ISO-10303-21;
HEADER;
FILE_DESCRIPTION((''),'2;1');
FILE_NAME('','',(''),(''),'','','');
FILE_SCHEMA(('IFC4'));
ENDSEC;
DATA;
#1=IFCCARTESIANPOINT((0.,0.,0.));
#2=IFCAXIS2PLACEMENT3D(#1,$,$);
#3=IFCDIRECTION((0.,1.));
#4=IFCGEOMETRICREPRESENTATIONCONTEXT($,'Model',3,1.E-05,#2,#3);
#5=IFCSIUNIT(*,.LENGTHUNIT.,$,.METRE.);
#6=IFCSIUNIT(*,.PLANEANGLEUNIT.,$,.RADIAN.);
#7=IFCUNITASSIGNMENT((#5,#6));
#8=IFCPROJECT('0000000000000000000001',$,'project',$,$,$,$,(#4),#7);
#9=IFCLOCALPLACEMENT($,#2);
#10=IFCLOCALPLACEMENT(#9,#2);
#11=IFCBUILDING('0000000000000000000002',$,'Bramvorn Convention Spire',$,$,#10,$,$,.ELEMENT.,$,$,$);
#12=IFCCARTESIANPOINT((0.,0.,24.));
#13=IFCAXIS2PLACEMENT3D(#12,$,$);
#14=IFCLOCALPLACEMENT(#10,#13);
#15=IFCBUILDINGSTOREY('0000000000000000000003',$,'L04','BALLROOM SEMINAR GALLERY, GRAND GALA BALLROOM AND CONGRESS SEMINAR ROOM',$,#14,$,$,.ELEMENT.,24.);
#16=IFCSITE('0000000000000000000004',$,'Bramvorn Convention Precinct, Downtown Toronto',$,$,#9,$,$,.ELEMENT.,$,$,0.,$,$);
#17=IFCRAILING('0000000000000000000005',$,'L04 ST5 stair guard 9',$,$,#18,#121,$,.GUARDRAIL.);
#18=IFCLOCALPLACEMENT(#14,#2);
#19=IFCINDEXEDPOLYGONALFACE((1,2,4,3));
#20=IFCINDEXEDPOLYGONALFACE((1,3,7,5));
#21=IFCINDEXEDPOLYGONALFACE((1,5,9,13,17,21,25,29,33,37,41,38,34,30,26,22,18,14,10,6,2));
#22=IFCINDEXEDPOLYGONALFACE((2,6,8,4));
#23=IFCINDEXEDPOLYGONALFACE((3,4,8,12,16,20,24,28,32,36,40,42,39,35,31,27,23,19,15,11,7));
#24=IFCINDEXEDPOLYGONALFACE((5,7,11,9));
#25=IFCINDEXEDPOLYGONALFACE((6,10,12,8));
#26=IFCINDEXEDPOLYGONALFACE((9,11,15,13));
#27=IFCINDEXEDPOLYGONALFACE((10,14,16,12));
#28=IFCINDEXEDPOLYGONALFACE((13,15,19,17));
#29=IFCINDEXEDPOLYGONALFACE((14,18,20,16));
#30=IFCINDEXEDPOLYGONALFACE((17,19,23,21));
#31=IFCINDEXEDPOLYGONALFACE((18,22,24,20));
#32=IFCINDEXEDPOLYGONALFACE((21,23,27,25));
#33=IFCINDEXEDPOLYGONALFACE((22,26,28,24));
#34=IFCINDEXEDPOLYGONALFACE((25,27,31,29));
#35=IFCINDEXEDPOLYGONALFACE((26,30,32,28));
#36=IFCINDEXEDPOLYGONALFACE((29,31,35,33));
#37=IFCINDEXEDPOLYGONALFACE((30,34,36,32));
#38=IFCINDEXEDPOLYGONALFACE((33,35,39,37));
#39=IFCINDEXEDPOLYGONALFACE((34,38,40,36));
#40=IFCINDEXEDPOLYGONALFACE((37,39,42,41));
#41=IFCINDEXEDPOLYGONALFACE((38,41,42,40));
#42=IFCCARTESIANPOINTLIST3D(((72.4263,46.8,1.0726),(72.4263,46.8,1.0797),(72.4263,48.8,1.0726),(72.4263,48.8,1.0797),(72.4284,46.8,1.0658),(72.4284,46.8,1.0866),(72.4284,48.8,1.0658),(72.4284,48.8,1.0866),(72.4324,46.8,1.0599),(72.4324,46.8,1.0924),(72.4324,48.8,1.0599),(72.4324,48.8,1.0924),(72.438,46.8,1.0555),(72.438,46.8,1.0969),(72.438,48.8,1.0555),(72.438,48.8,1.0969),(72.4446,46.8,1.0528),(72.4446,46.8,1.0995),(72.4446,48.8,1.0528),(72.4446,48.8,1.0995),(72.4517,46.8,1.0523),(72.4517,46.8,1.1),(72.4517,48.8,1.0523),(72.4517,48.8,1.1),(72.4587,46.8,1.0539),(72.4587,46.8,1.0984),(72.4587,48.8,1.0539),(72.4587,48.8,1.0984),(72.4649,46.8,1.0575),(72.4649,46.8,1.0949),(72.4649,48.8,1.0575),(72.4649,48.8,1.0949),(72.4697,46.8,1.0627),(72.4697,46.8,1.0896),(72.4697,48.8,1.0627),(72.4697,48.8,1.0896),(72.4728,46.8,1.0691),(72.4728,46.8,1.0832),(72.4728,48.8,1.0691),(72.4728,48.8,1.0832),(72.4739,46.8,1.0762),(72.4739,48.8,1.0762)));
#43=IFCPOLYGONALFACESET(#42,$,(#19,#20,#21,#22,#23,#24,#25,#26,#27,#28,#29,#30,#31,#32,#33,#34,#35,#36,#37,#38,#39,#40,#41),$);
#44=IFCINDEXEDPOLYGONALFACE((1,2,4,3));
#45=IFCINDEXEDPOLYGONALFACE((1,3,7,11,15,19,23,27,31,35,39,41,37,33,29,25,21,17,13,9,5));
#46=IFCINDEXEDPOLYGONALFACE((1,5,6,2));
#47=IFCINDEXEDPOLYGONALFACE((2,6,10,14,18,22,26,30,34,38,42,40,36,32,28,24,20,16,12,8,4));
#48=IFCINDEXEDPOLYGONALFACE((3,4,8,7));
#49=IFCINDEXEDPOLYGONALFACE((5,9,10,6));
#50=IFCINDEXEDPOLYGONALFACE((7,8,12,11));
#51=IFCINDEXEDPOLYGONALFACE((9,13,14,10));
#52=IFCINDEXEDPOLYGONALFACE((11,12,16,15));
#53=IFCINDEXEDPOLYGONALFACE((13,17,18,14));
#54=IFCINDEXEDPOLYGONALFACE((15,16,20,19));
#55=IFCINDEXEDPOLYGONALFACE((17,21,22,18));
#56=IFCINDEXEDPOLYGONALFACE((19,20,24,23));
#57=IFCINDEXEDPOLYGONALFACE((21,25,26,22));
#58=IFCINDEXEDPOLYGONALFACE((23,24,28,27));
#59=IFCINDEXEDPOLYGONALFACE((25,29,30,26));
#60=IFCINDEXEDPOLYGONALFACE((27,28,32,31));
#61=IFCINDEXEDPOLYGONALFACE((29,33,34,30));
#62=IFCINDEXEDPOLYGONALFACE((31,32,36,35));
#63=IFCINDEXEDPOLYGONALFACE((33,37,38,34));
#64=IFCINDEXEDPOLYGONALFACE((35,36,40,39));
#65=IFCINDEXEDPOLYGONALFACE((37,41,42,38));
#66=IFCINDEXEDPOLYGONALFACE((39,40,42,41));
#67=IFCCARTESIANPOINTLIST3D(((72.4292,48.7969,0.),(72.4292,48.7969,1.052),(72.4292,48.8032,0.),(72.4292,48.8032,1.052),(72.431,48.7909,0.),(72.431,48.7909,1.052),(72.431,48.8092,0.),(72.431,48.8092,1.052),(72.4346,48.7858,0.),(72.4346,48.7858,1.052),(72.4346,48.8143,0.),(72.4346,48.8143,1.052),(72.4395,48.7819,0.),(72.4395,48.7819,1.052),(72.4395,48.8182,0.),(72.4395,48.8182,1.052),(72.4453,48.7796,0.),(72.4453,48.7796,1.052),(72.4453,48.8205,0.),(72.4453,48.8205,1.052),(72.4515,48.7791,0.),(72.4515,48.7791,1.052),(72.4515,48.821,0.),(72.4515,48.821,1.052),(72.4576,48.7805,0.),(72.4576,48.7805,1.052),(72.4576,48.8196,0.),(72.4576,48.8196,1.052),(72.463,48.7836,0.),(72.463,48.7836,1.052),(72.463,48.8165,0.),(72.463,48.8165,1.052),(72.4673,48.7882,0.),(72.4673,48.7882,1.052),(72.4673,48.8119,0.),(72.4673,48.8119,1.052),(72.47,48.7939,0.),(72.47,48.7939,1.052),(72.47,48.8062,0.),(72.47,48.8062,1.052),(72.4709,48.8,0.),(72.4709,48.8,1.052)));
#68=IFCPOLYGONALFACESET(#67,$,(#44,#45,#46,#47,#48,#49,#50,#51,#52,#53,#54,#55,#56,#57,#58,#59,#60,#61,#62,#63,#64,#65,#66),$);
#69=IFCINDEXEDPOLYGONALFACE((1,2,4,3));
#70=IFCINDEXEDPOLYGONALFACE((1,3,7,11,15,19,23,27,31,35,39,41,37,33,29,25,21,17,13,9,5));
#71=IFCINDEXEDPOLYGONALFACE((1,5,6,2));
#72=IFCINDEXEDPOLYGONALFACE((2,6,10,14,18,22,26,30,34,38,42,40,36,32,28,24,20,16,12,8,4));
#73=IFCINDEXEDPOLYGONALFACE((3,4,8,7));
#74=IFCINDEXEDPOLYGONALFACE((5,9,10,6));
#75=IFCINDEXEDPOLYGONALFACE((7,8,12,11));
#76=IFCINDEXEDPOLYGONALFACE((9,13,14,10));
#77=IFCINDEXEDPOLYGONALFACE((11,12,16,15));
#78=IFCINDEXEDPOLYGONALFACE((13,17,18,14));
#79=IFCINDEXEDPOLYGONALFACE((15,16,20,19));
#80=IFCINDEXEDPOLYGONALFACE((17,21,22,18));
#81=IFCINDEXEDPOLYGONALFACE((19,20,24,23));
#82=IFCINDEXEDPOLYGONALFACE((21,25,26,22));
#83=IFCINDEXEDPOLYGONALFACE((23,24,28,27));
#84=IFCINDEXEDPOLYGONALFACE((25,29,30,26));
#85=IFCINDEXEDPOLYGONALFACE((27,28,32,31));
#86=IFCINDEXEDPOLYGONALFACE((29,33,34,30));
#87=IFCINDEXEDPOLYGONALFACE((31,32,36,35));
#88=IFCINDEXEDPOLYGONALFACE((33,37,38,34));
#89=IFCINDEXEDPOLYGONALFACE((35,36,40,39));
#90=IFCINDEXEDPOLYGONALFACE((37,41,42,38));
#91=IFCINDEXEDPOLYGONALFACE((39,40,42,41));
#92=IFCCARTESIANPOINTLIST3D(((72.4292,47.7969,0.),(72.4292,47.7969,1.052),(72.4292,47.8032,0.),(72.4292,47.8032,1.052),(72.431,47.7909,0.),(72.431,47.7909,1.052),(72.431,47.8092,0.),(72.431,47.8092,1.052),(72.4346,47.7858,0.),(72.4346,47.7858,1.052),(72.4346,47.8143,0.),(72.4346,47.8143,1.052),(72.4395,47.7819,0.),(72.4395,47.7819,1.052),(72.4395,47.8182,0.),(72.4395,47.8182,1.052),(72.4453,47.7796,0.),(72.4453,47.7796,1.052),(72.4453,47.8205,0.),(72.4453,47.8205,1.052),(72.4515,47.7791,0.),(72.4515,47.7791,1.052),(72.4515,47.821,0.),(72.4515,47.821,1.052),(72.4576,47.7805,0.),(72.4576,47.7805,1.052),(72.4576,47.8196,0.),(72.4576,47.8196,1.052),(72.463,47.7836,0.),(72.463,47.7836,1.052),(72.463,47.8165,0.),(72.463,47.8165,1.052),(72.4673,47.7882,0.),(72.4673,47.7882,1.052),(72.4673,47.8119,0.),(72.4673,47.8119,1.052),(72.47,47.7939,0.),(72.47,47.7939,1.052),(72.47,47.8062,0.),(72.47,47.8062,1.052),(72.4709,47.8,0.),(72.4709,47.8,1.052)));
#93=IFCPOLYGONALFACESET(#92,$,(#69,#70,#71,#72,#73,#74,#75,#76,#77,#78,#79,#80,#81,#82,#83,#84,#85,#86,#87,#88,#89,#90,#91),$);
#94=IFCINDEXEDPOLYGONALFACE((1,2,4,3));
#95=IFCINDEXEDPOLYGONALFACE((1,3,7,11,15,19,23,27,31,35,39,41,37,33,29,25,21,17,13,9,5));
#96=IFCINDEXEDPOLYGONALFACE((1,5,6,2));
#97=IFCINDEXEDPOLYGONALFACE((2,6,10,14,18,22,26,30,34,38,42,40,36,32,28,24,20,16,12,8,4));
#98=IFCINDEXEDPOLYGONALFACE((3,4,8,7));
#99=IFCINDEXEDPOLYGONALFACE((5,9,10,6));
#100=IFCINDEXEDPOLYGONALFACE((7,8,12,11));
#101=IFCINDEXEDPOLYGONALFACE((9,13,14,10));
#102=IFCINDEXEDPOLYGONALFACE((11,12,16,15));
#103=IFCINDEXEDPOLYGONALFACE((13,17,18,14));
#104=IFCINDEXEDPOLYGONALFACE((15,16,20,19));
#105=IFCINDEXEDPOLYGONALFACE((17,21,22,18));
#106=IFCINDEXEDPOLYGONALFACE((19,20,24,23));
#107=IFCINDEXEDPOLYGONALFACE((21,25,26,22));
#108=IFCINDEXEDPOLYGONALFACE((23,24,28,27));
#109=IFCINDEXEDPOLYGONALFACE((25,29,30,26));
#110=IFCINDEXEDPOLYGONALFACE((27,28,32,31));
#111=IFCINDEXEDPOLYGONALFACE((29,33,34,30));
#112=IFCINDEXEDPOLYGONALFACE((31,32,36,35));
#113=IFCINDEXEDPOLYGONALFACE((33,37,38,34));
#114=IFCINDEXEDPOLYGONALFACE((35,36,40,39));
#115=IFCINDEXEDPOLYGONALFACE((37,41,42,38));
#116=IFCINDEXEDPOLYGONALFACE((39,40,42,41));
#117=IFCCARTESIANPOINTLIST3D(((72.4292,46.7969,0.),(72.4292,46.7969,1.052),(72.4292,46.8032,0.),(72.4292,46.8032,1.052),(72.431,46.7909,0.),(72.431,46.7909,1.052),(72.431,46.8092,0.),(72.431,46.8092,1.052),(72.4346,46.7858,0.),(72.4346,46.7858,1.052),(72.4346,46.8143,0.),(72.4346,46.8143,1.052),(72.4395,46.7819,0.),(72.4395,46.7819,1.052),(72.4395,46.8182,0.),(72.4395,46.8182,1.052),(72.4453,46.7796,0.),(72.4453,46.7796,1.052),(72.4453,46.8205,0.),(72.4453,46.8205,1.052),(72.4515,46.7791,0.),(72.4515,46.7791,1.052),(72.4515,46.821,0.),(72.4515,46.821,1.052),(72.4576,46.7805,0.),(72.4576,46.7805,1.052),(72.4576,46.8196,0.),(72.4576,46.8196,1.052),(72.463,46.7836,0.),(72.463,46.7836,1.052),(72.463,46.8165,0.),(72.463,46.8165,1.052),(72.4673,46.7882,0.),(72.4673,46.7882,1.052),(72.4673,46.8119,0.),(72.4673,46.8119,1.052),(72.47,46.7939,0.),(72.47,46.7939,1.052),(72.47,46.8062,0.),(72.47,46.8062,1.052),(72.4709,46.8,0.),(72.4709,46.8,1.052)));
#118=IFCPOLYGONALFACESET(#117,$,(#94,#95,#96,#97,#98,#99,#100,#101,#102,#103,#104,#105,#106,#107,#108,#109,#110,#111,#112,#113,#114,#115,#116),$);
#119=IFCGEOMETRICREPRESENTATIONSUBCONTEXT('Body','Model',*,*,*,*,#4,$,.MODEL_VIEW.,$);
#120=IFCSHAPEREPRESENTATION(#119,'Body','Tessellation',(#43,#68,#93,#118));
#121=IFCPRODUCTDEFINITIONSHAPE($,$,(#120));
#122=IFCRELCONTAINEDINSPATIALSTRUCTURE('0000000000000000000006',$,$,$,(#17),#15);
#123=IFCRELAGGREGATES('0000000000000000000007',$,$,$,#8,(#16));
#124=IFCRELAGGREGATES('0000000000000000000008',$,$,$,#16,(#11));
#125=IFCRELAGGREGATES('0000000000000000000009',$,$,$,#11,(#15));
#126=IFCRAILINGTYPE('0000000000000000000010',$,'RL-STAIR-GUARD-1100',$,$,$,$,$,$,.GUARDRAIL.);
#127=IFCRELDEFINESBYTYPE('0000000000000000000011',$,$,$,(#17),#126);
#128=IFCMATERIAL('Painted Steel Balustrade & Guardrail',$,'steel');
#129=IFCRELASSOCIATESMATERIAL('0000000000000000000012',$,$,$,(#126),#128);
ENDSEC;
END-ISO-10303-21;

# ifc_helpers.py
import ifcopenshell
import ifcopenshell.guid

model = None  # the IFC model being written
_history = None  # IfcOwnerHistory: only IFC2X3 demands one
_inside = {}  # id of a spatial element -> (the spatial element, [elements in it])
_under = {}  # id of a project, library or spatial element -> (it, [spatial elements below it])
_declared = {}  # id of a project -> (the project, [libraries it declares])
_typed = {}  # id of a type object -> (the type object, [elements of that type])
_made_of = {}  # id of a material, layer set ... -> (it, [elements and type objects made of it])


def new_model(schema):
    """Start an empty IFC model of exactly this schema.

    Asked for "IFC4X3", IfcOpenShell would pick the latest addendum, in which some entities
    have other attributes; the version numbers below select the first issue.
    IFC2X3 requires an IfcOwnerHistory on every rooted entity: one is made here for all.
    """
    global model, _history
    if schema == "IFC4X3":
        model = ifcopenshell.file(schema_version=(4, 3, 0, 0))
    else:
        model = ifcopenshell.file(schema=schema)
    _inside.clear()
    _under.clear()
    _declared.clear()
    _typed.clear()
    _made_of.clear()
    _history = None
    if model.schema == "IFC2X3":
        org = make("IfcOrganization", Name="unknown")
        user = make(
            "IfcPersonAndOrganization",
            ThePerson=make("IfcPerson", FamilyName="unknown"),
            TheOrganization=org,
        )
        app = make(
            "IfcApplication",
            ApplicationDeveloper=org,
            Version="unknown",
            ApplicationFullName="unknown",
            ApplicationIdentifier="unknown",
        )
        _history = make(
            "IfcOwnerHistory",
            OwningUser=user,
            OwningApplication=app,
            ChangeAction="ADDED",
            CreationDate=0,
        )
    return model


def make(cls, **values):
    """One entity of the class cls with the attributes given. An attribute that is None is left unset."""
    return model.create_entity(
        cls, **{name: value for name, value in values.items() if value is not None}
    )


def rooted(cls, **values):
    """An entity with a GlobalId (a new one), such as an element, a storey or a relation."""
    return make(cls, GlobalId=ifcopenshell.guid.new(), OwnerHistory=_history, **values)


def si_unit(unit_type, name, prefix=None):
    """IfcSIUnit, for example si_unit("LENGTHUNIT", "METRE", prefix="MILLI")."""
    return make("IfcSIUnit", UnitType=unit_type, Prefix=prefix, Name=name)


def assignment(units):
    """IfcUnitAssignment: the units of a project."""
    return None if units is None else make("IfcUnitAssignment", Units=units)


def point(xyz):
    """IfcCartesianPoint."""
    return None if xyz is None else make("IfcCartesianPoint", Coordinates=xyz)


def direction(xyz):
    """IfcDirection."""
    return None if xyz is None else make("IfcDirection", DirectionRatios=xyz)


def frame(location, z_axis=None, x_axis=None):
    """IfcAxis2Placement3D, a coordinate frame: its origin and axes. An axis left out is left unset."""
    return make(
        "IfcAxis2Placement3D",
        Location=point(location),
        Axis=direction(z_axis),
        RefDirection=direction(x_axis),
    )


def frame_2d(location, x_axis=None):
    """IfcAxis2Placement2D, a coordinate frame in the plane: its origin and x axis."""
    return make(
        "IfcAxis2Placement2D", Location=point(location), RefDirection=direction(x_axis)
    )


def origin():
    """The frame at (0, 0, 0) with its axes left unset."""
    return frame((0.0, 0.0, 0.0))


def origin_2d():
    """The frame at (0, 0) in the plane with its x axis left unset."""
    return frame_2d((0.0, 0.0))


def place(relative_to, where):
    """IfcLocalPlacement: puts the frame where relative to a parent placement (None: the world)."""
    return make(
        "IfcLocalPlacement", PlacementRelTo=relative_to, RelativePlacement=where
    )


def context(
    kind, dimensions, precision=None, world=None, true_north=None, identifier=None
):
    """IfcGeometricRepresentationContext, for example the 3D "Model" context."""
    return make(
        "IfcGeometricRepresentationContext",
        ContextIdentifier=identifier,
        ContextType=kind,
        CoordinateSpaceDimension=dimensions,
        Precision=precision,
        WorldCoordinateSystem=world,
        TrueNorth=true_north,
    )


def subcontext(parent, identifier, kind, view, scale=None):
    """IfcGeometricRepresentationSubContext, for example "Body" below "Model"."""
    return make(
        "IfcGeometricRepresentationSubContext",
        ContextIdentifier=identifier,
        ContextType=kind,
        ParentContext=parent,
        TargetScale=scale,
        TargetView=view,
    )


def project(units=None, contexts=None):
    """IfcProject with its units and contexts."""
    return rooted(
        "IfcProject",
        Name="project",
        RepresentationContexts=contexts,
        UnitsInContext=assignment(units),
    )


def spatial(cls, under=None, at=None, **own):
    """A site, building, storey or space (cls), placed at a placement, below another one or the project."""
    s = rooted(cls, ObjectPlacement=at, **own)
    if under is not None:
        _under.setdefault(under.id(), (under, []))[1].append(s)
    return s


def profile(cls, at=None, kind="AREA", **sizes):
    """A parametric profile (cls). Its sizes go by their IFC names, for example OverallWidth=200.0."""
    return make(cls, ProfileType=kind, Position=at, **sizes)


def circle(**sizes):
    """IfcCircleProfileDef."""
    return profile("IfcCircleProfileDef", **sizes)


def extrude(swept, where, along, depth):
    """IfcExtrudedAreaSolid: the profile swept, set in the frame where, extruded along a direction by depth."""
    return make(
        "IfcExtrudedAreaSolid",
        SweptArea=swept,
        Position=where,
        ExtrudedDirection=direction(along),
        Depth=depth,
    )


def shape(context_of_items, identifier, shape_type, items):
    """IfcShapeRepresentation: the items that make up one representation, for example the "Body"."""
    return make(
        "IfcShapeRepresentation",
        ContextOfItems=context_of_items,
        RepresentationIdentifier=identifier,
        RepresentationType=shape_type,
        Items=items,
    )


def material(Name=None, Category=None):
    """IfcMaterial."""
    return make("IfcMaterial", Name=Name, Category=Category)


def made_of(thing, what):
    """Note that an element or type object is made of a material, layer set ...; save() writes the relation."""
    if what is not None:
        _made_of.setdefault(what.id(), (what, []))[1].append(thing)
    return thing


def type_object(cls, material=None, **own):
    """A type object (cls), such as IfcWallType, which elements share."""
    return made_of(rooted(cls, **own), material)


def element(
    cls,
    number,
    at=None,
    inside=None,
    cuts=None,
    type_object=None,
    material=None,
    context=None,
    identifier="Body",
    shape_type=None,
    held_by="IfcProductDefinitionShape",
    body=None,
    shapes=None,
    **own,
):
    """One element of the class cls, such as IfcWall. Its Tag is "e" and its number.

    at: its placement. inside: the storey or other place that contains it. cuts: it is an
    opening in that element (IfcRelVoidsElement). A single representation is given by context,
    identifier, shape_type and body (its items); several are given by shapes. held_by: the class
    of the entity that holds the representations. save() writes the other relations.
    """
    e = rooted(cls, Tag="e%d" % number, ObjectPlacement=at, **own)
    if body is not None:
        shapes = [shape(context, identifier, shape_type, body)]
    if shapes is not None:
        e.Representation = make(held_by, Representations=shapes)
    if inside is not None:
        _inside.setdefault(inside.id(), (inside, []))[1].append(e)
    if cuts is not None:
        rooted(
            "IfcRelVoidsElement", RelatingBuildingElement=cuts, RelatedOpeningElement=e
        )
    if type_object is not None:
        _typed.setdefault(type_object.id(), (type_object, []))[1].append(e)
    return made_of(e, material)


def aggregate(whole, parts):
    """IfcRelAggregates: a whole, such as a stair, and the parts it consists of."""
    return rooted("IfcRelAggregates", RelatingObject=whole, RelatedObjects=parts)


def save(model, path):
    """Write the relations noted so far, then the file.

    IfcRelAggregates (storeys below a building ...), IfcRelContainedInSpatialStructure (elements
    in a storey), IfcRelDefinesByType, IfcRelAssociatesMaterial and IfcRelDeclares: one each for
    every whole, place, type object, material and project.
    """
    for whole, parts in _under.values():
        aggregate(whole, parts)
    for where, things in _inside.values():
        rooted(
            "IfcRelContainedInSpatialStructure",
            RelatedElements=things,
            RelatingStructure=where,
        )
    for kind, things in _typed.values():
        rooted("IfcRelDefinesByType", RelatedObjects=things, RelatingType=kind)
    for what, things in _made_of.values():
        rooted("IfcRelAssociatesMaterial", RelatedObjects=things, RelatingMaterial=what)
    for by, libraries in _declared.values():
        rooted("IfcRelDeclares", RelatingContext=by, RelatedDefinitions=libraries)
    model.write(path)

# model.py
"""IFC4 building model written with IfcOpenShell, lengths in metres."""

from ifc_helpers import new_model, si_unit, direction, frame, origin, origin_2d, place, context, subcontext, project, spatial, circle, extrude, material, type_object, element, save


model = new_model("IFC4")

# Units and contexts
model_context = context("Model", 3, precision=1e-05, world=origin(), true_north=direction((0.0, 1.0)))
body_context = subcontext(model_context, "Body", "Model", "MODEL_VIEW")
ifc_project = project(units=[si_unit("LENGTHUNIT", "METRE"), si_unit("PLANEANGLEUNIT", "RADIAN")], contexts=[model_context])

# Site, building, storey
site_placement = place(None, origin())
site = spatial("IfcSite", under=ifc_project, at=site_placement, Name="Bramvorn Convention Precinct, Downtown Toronto", CompositionType="ELEMENT", RefElevation=0.0)
building_placement = place(site_placement, origin())
building = spatial("IfcBuilding", under=site, at=building_placement, Name="Bramvorn Convention Spire", CompositionType="ELEMENT")
storey_placement = place(building_placement, frame((0.0, 0.0, 24.0)))
storey = spatial("IfcBuildingStorey", under=building, at=storey_placement, Name="L04", Description="BALLROOM SEMINAR GALLERY, GRAND GALA BALLROOM AND CONGRESS SEMINAR ROOM", CompositionType="ELEMENT", Elevation=24.0)

# Railing
ifc_material_1 = material(Name="Painted Steel Balustrade & Guardrail", Category="steel")
railing_type_1 = type_object("IfcRailingType", Name="RL-STAIR-GUARD-1100", PredefinedType="GUARDRAIL", material=ifc_material_1)
for number, where, name in (
    (1, (72.45, 48.8, 0.0), "L04 ST5 stair guard 9"),
):
    element("IfcRailing", number, at=place(storey_placement, frame(where)), inside=storey, type_object=railing_type_1, Name=name, PredefinedType="GUARDRAIL", context=body_context, shape_type="SweptSolid", body=[
        extrude(circle(Radius=0.0239, at=origin_2d()), frame((0.0, 0.0, 1.0762), z_axis=(0.0, -1.0, 0.0), x_axis=(1.0, 0.0, 0.0)), (0.0, 0.0, 1.0), 2.0),
        extrude(circle(Radius=0.021, at=origin_2d()), origin(), (0.0, 0.0, 1.0), 1.052),
        extrude(circle(Radius=0.021, at=origin_2d()), frame((0.0, -1.0, 0.0)), (0.0, 0.0, 1.0), 1.052),
        extrude(circle(Radius=0.021, at=origin_2d()), frame((0.0, -2.0, 0.0)), (0.0, 0.0, 1.0), 1.052),
    ])

save(model, "model.ifc")
